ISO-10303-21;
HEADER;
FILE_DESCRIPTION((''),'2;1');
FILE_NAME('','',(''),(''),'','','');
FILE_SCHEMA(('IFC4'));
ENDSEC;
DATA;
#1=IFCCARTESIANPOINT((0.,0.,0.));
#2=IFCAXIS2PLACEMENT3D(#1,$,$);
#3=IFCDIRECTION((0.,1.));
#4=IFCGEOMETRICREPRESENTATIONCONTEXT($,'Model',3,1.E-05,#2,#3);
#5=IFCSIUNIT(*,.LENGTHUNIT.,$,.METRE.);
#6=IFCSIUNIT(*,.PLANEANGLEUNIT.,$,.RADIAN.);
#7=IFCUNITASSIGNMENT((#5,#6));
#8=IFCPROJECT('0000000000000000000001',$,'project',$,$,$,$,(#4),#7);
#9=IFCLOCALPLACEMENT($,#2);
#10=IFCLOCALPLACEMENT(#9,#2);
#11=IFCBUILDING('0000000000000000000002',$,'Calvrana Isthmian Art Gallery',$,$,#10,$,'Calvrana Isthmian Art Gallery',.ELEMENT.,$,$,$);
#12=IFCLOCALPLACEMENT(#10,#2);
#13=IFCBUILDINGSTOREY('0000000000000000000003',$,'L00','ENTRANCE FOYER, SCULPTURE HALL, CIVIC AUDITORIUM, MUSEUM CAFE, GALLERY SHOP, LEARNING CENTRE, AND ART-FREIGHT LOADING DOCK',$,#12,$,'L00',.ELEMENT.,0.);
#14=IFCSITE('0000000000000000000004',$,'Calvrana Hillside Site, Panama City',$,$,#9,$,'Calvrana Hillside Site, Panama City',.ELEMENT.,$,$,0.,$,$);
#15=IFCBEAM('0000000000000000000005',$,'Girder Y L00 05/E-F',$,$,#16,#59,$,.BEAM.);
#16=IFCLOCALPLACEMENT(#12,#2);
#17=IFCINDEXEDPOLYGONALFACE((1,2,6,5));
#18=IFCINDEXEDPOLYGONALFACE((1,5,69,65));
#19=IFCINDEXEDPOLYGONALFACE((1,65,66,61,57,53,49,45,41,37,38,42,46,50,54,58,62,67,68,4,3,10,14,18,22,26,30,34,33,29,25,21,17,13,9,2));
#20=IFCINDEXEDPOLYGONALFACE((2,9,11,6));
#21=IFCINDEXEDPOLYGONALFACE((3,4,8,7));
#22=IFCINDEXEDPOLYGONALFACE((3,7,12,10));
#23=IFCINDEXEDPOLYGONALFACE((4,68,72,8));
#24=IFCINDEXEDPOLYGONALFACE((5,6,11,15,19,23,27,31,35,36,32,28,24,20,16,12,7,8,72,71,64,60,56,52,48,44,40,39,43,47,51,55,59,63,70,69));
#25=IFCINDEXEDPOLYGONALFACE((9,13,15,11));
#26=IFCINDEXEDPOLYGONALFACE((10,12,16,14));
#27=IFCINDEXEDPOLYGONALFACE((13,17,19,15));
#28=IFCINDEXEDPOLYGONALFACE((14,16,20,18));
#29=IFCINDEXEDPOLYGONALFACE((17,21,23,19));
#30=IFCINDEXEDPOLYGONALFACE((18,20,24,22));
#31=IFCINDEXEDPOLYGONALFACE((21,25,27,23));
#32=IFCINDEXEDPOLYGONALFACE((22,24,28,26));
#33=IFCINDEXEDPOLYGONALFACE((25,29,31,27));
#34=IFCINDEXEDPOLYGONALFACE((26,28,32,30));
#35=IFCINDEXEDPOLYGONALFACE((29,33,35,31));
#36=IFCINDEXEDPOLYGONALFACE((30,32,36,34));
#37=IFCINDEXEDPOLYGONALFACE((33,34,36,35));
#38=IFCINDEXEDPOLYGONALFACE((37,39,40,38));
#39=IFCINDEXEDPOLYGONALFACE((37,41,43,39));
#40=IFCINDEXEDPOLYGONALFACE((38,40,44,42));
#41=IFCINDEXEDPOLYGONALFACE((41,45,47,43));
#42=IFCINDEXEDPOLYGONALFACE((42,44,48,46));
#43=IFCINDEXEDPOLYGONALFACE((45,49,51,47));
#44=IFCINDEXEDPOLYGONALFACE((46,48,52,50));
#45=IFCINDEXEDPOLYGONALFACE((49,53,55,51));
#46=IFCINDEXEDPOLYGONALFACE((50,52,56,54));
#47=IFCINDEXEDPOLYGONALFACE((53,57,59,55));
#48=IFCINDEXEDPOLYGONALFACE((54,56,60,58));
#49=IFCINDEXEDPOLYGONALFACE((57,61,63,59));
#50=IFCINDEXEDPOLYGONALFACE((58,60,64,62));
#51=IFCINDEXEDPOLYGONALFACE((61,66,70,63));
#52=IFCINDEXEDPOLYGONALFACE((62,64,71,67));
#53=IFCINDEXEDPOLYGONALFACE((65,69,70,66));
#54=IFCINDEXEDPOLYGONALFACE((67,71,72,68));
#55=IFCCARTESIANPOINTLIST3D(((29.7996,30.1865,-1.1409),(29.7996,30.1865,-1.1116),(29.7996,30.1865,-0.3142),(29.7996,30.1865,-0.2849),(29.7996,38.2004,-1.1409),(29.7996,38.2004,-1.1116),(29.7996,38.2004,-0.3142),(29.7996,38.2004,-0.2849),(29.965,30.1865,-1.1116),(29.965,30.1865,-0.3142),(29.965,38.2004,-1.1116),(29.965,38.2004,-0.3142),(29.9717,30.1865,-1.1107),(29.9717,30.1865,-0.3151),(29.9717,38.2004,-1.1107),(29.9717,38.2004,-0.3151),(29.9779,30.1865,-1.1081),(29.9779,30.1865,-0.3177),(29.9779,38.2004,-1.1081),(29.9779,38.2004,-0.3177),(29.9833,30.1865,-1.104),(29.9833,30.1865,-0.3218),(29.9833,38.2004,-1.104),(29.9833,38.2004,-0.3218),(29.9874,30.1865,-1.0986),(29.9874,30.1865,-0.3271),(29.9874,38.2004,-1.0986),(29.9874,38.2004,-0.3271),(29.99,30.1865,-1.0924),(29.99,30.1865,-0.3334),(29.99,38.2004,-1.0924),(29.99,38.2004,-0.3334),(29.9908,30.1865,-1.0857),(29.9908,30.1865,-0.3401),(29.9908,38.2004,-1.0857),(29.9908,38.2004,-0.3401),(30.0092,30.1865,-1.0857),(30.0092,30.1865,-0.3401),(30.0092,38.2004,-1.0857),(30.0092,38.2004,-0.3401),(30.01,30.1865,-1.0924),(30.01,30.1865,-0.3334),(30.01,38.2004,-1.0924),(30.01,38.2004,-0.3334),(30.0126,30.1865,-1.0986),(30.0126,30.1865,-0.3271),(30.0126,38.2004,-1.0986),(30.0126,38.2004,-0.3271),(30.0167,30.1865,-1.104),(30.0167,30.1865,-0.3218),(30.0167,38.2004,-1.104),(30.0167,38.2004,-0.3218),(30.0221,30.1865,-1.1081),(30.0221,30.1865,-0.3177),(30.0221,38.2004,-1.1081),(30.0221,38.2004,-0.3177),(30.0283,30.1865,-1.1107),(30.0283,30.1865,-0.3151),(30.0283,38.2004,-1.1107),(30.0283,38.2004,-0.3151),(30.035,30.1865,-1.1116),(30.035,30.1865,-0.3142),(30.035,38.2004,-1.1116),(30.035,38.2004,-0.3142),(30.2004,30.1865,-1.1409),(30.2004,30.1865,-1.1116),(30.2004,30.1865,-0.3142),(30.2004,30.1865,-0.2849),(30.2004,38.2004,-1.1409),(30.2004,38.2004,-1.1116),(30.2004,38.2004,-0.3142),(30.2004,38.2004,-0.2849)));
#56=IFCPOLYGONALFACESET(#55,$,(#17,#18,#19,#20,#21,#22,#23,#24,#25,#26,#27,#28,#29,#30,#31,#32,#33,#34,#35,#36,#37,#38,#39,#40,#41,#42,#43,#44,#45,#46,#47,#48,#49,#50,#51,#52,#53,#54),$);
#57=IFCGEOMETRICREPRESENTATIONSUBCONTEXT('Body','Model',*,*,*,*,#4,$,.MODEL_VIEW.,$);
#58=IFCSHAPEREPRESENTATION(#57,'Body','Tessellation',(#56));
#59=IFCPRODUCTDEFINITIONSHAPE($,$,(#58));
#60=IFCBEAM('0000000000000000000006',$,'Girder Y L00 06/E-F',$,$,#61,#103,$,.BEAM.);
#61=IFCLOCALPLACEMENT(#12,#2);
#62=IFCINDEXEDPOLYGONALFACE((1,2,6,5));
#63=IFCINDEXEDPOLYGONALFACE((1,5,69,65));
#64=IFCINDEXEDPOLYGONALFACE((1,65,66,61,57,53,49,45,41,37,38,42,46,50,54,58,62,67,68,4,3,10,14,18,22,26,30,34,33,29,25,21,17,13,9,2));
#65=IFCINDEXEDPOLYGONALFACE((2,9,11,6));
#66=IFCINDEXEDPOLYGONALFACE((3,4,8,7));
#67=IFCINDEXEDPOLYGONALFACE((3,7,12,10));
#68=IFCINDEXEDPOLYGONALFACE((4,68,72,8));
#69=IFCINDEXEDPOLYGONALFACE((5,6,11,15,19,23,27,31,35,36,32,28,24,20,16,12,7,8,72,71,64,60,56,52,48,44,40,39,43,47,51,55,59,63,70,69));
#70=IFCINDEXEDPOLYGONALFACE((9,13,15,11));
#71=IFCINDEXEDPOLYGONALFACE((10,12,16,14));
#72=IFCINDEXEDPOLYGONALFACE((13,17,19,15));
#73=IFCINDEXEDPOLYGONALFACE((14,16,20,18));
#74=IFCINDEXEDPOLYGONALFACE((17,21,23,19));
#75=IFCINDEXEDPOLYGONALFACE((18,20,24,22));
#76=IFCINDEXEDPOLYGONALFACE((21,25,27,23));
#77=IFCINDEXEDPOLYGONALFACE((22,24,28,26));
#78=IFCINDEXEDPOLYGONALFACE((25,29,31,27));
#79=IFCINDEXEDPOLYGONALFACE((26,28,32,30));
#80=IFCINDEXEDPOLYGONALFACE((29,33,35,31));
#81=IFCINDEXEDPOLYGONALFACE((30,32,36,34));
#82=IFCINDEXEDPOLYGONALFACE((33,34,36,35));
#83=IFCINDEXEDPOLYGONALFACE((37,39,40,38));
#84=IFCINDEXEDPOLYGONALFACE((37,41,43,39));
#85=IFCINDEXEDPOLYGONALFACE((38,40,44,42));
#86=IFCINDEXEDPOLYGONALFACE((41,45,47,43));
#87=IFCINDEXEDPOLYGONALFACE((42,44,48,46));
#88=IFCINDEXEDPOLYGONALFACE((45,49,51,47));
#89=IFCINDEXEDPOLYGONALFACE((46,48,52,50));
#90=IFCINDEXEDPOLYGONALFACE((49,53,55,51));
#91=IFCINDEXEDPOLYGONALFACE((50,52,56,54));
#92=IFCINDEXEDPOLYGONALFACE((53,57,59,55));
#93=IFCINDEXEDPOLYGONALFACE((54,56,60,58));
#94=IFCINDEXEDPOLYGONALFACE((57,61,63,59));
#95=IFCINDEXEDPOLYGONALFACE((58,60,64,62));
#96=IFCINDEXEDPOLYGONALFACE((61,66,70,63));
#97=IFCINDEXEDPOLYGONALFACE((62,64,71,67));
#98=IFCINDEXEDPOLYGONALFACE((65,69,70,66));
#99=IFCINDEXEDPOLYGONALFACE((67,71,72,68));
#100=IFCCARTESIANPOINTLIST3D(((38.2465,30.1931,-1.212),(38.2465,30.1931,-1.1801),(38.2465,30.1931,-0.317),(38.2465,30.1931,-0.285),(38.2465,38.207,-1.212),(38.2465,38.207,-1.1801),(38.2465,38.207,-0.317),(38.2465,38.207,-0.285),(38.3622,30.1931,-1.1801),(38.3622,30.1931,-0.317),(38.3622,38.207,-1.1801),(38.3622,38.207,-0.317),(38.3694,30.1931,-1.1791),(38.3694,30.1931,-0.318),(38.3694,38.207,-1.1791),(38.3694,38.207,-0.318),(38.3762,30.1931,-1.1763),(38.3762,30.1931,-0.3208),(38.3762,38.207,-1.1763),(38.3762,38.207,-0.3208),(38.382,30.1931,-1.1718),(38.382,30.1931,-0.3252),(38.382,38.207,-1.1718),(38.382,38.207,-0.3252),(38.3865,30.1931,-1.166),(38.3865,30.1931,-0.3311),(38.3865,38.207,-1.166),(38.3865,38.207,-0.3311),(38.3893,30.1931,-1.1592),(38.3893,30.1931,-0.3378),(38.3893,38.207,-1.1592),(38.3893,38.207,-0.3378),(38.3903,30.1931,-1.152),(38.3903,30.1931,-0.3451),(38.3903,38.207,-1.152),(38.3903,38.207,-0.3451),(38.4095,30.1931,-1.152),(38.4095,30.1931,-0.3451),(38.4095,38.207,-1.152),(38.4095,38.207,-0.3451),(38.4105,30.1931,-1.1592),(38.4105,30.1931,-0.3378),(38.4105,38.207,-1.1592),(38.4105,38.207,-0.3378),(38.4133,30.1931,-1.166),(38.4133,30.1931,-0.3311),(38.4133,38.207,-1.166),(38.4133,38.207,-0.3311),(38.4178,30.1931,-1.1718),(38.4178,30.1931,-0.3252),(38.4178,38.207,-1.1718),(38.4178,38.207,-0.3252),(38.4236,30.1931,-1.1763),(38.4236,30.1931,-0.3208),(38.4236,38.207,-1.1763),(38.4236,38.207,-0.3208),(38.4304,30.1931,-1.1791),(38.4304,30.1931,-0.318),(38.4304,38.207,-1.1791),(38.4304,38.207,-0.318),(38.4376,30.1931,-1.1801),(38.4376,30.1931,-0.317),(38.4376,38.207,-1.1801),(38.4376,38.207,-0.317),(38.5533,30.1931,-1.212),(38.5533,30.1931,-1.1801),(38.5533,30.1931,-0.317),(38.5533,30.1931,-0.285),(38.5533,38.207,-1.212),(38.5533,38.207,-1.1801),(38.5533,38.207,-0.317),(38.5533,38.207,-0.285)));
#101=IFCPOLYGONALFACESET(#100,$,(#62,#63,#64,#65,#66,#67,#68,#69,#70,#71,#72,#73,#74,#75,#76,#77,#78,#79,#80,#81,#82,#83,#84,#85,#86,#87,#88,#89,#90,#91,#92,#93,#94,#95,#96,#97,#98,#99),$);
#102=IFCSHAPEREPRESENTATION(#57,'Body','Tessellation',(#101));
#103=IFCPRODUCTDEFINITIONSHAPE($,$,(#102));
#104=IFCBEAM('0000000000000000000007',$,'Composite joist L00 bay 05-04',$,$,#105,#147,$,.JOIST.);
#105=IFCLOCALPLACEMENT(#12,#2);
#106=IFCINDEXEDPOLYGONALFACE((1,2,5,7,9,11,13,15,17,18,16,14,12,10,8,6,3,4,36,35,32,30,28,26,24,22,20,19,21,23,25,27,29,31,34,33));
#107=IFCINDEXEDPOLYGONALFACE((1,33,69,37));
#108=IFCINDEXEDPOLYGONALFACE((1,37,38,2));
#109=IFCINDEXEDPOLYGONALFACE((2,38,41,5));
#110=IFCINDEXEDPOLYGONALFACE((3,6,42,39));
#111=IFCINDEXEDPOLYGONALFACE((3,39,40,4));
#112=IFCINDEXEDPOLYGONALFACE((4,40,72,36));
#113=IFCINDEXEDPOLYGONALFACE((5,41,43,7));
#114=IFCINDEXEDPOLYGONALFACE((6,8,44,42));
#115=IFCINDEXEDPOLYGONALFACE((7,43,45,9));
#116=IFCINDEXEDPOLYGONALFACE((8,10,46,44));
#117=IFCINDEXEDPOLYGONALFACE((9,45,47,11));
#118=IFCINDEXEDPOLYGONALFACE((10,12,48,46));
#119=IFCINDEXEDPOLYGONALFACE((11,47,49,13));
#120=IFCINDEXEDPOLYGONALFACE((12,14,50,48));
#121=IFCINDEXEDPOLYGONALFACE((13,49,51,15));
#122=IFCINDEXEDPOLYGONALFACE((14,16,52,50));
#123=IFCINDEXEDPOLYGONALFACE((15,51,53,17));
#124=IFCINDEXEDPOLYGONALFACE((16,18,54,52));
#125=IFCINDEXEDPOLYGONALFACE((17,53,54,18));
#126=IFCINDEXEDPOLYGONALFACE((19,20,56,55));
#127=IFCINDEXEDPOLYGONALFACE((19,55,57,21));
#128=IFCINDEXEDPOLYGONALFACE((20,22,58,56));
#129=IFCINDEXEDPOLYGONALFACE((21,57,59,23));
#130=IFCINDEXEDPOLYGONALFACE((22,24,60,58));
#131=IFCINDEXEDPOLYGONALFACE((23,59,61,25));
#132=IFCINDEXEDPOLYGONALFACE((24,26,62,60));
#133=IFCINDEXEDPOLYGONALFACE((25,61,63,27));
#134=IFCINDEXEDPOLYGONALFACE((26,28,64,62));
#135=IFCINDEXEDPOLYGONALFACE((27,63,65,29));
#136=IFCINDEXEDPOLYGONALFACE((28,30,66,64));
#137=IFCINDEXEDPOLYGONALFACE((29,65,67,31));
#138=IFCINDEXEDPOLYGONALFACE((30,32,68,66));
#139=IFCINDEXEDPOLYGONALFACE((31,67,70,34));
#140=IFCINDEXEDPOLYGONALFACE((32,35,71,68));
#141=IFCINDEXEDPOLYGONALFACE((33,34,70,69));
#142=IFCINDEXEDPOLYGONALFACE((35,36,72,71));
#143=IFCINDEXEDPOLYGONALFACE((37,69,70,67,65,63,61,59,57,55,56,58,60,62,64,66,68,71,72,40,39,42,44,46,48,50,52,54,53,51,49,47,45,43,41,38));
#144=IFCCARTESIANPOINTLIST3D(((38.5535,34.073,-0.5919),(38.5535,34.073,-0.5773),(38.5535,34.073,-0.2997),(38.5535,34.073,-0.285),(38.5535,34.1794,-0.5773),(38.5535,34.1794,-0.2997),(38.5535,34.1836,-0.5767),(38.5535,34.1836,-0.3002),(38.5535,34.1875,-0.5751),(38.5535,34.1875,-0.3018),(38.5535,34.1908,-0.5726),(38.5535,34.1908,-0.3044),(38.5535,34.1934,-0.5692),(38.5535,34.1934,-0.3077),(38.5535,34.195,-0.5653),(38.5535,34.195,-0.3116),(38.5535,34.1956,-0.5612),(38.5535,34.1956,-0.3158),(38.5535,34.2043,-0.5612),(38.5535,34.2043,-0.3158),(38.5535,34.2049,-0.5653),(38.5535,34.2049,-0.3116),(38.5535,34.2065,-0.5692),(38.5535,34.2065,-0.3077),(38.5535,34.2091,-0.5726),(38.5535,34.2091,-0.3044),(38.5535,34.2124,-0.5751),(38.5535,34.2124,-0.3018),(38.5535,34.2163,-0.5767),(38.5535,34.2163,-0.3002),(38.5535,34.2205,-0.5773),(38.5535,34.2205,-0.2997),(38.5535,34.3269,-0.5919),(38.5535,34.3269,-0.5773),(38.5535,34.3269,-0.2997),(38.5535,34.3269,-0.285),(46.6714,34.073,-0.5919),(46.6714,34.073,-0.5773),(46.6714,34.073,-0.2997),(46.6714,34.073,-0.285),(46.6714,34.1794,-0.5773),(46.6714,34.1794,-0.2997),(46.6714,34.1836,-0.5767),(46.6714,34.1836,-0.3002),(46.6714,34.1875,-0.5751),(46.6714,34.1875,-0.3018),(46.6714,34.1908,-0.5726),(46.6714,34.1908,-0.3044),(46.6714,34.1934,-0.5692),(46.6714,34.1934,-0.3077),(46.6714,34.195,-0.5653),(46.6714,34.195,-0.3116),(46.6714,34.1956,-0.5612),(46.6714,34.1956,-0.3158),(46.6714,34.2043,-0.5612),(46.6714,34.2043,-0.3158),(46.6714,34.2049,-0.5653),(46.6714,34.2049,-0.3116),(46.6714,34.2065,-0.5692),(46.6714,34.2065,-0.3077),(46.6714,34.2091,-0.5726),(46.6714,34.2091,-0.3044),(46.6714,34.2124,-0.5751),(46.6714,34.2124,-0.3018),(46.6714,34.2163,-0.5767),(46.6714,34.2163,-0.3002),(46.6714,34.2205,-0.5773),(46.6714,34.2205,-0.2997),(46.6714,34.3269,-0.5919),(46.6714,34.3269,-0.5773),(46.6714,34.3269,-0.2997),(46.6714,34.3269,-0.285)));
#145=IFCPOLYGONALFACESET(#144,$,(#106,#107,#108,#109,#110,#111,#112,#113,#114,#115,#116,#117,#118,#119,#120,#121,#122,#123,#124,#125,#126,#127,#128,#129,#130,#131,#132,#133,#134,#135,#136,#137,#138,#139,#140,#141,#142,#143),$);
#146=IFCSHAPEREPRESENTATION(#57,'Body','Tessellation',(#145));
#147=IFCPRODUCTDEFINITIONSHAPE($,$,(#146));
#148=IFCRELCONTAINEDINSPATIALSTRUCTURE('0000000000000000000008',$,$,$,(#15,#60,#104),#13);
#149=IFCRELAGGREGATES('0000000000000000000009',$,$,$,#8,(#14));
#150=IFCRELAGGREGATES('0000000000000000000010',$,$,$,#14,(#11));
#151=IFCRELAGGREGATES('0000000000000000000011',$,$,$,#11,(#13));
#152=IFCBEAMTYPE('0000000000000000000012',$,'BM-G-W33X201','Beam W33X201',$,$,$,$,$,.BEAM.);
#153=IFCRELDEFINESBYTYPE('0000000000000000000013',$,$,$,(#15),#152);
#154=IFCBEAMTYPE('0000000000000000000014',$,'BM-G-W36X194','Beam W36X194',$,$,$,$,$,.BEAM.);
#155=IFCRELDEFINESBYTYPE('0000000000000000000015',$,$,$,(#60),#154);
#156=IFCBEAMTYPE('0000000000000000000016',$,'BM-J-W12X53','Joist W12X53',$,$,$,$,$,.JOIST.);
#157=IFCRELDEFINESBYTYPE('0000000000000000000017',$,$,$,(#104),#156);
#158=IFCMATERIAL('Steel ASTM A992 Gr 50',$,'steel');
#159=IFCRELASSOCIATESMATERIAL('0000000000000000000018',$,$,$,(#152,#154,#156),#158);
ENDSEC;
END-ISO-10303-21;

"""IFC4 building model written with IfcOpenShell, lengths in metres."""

from ifc_helpers import new_model, si_unit, direction, frame, origin, origin_2d, place, context, subcontext, project, spatial, i_section, extrude, material, material_profile, profile_set, type_object, element, save


model = new_model("IFC4")

# Units and contexts
model_context = context("Model", 3, precision=1e-05, world=origin(), true_north=direction((0.0, 1.0)))
body_context = subcontext(model_context, "Body", "Model", "MODEL_VIEW")
ifc_project = project(units=[si_unit("LENGTHUNIT", "METRE"), si_unit("PLANEANGLEUNIT", "RADIAN")], contexts=[model_context])

# Site, building, storey
site_placement = place(None, origin())
site = spatial("IfcSite", under=ifc_project, at=site_placement, Name="Calvrana Hillside Site, Panama City", LongName="Calvrana Hillside Site, Panama City", CompositionType="ELEMENT", RefElevation=0.0)
building_placement = place(site_placement, origin())
building = spatial("IfcBuilding", under=site, at=building_placement, Name="Calvrana Isthmian Art Gallery", LongName="Calvrana Isthmian Art Gallery", CompositionType="ELEMENT")
storey_placement = place(building_placement, origin())
storey = spatial("IfcBuildingStorey", under=building, at=storey_placement, Name="L00", Description="ENTRANCE FOYER, SCULPTURE HALL, CIVIC AUDITORIUM, MUSEUM CAFE, GALLERY SHOP, LEARNING CENTRE, AND ART-FREIGHT LOADING DOCK", LongName="L00", CompositionType="ELEMENT", Elevation=0.0)

# Shared definitions
ifc_material_1 = material(Name="Steel ASTM A992 Gr 50", Category="steel")

# Beams
ifc_material_profile_1 = material_profile(ifc_material_1, i_section(OverallWidth=0.4009, OverallDepth=0.856, WebThickness=0.0183, FlangeThickness=0.0293, FilletRadius=0.0259, at=origin_2d()), Name="W33X201")
ifc_profile_set_1 = profile_set([ifc_material_profile_1], Name="Steel ASTM A992 Gr 50")
beam_type_1 = type_object("IfcBeamType", Name="BM-G-W33X201", Description="Beam W33X201", PredefinedType="BEAM", material=ifc_profile_set_1)
beam_1_placement = place(storey_placement, frame((30.0, 30.1865, -0.7129), z_axis=(0.0, 1.0, 0.0), x_axis=(-1.0, 0.0, 0.0)))
element("IfcBeam", 1, at=beam_1_placement, inside=storey, type_object=beam_type_1, Name="Girder Y L00 05/E-F", PredefinedType="BEAM", context=body_context, shape_type="SweptSolid", body=[
    extrude(i_section(OverallWidth=0.4009, OverallDepth=0.856, WebThickness=0.0183, FlangeThickness=0.0293, FilletRadius=0.0259, at=origin_2d()), origin(), (0.0, 0.0, 1.0), 8.0139),
])
ifc_material_profile_2 = material_profile(ifc_material_1, i_section(OverallWidth=0.3069, OverallDepth=0.927, WebThickness=0.0193, FlangeThickness=0.032, FilletRadius=0.0281, at=origin_2d()), Name="W36X194")
ifc_profile_set_2 = profile_set([ifc_material_profile_2], Name="Steel ASTM A992 Gr 50")
beam_type_2 = type_object("IfcBeamType", Name="BM-G-W36X194", Description="Beam W36X194", PredefinedType="BEAM", material=ifc_profile_set_2)
beam_2_placement = place(storey_placement, frame((38.3999, 30.1931, -0.7485), z_axis=(0.0, 1.0, 0.0), x_axis=(-1.0, 0.0, 0.0)))
element("IfcBeam", 2, at=beam_2_placement, inside=storey, type_object=beam_type_2, Name="Girder Y L00 06/E-F", PredefinedType="BEAM", context=body_context, shape_type="SweptSolid", body=[
    extrude(i_section(OverallWidth=0.3069, OverallDepth=0.927, WebThickness=0.0193, FlangeThickness=0.032, FilletRadius=0.0281, at=origin_2d()), origin(), (0.0, 0.0, 1.0), 8.0139),
])
ifc_material_profile_3 = material_profile(ifc_material_1, i_section(OverallWidth=0.2539, OverallDepth=0.3069, WebThickness=0.0088, FlangeThickness=0.0146, FilletRadius=0.0161, at=origin_2d()), Name="W12X53")
ifc_profile_set_3 = profile_set([ifc_material_profile_3], Name="Steel ASTM A992 Gr 50")
beam_type_3 = type_object("IfcBeamType", Name="BM-J-W12X53", Description="Joist W12X53", PredefinedType="JOIST", material=ifc_profile_set_3)
beam_3_placement = place(storey_placement, frame((38.5535, 34.2, -0.4385), z_axis=(1.0, 0.0, 0.0), x_axis=(0.0, 1.0, 0.0)))
element("IfcBeam", 3, at=beam_3_placement, inside=storey, type_object=beam_type_3, Name="Composite joist L00 bay 05-04", PredefinedType="JOIST", context=body_context, shape_type="SweptSolid", body=[
    extrude(i_section(OverallWidth=0.2539, OverallDepth=0.3069, WebThickness=0.0088, FlangeThickness=0.0146, FilletRadius=0.0161, at=origin_2d()), origin(), (0.0, 0.0, 1.0), 8.1179),
])

save(model, "model.ifc")
